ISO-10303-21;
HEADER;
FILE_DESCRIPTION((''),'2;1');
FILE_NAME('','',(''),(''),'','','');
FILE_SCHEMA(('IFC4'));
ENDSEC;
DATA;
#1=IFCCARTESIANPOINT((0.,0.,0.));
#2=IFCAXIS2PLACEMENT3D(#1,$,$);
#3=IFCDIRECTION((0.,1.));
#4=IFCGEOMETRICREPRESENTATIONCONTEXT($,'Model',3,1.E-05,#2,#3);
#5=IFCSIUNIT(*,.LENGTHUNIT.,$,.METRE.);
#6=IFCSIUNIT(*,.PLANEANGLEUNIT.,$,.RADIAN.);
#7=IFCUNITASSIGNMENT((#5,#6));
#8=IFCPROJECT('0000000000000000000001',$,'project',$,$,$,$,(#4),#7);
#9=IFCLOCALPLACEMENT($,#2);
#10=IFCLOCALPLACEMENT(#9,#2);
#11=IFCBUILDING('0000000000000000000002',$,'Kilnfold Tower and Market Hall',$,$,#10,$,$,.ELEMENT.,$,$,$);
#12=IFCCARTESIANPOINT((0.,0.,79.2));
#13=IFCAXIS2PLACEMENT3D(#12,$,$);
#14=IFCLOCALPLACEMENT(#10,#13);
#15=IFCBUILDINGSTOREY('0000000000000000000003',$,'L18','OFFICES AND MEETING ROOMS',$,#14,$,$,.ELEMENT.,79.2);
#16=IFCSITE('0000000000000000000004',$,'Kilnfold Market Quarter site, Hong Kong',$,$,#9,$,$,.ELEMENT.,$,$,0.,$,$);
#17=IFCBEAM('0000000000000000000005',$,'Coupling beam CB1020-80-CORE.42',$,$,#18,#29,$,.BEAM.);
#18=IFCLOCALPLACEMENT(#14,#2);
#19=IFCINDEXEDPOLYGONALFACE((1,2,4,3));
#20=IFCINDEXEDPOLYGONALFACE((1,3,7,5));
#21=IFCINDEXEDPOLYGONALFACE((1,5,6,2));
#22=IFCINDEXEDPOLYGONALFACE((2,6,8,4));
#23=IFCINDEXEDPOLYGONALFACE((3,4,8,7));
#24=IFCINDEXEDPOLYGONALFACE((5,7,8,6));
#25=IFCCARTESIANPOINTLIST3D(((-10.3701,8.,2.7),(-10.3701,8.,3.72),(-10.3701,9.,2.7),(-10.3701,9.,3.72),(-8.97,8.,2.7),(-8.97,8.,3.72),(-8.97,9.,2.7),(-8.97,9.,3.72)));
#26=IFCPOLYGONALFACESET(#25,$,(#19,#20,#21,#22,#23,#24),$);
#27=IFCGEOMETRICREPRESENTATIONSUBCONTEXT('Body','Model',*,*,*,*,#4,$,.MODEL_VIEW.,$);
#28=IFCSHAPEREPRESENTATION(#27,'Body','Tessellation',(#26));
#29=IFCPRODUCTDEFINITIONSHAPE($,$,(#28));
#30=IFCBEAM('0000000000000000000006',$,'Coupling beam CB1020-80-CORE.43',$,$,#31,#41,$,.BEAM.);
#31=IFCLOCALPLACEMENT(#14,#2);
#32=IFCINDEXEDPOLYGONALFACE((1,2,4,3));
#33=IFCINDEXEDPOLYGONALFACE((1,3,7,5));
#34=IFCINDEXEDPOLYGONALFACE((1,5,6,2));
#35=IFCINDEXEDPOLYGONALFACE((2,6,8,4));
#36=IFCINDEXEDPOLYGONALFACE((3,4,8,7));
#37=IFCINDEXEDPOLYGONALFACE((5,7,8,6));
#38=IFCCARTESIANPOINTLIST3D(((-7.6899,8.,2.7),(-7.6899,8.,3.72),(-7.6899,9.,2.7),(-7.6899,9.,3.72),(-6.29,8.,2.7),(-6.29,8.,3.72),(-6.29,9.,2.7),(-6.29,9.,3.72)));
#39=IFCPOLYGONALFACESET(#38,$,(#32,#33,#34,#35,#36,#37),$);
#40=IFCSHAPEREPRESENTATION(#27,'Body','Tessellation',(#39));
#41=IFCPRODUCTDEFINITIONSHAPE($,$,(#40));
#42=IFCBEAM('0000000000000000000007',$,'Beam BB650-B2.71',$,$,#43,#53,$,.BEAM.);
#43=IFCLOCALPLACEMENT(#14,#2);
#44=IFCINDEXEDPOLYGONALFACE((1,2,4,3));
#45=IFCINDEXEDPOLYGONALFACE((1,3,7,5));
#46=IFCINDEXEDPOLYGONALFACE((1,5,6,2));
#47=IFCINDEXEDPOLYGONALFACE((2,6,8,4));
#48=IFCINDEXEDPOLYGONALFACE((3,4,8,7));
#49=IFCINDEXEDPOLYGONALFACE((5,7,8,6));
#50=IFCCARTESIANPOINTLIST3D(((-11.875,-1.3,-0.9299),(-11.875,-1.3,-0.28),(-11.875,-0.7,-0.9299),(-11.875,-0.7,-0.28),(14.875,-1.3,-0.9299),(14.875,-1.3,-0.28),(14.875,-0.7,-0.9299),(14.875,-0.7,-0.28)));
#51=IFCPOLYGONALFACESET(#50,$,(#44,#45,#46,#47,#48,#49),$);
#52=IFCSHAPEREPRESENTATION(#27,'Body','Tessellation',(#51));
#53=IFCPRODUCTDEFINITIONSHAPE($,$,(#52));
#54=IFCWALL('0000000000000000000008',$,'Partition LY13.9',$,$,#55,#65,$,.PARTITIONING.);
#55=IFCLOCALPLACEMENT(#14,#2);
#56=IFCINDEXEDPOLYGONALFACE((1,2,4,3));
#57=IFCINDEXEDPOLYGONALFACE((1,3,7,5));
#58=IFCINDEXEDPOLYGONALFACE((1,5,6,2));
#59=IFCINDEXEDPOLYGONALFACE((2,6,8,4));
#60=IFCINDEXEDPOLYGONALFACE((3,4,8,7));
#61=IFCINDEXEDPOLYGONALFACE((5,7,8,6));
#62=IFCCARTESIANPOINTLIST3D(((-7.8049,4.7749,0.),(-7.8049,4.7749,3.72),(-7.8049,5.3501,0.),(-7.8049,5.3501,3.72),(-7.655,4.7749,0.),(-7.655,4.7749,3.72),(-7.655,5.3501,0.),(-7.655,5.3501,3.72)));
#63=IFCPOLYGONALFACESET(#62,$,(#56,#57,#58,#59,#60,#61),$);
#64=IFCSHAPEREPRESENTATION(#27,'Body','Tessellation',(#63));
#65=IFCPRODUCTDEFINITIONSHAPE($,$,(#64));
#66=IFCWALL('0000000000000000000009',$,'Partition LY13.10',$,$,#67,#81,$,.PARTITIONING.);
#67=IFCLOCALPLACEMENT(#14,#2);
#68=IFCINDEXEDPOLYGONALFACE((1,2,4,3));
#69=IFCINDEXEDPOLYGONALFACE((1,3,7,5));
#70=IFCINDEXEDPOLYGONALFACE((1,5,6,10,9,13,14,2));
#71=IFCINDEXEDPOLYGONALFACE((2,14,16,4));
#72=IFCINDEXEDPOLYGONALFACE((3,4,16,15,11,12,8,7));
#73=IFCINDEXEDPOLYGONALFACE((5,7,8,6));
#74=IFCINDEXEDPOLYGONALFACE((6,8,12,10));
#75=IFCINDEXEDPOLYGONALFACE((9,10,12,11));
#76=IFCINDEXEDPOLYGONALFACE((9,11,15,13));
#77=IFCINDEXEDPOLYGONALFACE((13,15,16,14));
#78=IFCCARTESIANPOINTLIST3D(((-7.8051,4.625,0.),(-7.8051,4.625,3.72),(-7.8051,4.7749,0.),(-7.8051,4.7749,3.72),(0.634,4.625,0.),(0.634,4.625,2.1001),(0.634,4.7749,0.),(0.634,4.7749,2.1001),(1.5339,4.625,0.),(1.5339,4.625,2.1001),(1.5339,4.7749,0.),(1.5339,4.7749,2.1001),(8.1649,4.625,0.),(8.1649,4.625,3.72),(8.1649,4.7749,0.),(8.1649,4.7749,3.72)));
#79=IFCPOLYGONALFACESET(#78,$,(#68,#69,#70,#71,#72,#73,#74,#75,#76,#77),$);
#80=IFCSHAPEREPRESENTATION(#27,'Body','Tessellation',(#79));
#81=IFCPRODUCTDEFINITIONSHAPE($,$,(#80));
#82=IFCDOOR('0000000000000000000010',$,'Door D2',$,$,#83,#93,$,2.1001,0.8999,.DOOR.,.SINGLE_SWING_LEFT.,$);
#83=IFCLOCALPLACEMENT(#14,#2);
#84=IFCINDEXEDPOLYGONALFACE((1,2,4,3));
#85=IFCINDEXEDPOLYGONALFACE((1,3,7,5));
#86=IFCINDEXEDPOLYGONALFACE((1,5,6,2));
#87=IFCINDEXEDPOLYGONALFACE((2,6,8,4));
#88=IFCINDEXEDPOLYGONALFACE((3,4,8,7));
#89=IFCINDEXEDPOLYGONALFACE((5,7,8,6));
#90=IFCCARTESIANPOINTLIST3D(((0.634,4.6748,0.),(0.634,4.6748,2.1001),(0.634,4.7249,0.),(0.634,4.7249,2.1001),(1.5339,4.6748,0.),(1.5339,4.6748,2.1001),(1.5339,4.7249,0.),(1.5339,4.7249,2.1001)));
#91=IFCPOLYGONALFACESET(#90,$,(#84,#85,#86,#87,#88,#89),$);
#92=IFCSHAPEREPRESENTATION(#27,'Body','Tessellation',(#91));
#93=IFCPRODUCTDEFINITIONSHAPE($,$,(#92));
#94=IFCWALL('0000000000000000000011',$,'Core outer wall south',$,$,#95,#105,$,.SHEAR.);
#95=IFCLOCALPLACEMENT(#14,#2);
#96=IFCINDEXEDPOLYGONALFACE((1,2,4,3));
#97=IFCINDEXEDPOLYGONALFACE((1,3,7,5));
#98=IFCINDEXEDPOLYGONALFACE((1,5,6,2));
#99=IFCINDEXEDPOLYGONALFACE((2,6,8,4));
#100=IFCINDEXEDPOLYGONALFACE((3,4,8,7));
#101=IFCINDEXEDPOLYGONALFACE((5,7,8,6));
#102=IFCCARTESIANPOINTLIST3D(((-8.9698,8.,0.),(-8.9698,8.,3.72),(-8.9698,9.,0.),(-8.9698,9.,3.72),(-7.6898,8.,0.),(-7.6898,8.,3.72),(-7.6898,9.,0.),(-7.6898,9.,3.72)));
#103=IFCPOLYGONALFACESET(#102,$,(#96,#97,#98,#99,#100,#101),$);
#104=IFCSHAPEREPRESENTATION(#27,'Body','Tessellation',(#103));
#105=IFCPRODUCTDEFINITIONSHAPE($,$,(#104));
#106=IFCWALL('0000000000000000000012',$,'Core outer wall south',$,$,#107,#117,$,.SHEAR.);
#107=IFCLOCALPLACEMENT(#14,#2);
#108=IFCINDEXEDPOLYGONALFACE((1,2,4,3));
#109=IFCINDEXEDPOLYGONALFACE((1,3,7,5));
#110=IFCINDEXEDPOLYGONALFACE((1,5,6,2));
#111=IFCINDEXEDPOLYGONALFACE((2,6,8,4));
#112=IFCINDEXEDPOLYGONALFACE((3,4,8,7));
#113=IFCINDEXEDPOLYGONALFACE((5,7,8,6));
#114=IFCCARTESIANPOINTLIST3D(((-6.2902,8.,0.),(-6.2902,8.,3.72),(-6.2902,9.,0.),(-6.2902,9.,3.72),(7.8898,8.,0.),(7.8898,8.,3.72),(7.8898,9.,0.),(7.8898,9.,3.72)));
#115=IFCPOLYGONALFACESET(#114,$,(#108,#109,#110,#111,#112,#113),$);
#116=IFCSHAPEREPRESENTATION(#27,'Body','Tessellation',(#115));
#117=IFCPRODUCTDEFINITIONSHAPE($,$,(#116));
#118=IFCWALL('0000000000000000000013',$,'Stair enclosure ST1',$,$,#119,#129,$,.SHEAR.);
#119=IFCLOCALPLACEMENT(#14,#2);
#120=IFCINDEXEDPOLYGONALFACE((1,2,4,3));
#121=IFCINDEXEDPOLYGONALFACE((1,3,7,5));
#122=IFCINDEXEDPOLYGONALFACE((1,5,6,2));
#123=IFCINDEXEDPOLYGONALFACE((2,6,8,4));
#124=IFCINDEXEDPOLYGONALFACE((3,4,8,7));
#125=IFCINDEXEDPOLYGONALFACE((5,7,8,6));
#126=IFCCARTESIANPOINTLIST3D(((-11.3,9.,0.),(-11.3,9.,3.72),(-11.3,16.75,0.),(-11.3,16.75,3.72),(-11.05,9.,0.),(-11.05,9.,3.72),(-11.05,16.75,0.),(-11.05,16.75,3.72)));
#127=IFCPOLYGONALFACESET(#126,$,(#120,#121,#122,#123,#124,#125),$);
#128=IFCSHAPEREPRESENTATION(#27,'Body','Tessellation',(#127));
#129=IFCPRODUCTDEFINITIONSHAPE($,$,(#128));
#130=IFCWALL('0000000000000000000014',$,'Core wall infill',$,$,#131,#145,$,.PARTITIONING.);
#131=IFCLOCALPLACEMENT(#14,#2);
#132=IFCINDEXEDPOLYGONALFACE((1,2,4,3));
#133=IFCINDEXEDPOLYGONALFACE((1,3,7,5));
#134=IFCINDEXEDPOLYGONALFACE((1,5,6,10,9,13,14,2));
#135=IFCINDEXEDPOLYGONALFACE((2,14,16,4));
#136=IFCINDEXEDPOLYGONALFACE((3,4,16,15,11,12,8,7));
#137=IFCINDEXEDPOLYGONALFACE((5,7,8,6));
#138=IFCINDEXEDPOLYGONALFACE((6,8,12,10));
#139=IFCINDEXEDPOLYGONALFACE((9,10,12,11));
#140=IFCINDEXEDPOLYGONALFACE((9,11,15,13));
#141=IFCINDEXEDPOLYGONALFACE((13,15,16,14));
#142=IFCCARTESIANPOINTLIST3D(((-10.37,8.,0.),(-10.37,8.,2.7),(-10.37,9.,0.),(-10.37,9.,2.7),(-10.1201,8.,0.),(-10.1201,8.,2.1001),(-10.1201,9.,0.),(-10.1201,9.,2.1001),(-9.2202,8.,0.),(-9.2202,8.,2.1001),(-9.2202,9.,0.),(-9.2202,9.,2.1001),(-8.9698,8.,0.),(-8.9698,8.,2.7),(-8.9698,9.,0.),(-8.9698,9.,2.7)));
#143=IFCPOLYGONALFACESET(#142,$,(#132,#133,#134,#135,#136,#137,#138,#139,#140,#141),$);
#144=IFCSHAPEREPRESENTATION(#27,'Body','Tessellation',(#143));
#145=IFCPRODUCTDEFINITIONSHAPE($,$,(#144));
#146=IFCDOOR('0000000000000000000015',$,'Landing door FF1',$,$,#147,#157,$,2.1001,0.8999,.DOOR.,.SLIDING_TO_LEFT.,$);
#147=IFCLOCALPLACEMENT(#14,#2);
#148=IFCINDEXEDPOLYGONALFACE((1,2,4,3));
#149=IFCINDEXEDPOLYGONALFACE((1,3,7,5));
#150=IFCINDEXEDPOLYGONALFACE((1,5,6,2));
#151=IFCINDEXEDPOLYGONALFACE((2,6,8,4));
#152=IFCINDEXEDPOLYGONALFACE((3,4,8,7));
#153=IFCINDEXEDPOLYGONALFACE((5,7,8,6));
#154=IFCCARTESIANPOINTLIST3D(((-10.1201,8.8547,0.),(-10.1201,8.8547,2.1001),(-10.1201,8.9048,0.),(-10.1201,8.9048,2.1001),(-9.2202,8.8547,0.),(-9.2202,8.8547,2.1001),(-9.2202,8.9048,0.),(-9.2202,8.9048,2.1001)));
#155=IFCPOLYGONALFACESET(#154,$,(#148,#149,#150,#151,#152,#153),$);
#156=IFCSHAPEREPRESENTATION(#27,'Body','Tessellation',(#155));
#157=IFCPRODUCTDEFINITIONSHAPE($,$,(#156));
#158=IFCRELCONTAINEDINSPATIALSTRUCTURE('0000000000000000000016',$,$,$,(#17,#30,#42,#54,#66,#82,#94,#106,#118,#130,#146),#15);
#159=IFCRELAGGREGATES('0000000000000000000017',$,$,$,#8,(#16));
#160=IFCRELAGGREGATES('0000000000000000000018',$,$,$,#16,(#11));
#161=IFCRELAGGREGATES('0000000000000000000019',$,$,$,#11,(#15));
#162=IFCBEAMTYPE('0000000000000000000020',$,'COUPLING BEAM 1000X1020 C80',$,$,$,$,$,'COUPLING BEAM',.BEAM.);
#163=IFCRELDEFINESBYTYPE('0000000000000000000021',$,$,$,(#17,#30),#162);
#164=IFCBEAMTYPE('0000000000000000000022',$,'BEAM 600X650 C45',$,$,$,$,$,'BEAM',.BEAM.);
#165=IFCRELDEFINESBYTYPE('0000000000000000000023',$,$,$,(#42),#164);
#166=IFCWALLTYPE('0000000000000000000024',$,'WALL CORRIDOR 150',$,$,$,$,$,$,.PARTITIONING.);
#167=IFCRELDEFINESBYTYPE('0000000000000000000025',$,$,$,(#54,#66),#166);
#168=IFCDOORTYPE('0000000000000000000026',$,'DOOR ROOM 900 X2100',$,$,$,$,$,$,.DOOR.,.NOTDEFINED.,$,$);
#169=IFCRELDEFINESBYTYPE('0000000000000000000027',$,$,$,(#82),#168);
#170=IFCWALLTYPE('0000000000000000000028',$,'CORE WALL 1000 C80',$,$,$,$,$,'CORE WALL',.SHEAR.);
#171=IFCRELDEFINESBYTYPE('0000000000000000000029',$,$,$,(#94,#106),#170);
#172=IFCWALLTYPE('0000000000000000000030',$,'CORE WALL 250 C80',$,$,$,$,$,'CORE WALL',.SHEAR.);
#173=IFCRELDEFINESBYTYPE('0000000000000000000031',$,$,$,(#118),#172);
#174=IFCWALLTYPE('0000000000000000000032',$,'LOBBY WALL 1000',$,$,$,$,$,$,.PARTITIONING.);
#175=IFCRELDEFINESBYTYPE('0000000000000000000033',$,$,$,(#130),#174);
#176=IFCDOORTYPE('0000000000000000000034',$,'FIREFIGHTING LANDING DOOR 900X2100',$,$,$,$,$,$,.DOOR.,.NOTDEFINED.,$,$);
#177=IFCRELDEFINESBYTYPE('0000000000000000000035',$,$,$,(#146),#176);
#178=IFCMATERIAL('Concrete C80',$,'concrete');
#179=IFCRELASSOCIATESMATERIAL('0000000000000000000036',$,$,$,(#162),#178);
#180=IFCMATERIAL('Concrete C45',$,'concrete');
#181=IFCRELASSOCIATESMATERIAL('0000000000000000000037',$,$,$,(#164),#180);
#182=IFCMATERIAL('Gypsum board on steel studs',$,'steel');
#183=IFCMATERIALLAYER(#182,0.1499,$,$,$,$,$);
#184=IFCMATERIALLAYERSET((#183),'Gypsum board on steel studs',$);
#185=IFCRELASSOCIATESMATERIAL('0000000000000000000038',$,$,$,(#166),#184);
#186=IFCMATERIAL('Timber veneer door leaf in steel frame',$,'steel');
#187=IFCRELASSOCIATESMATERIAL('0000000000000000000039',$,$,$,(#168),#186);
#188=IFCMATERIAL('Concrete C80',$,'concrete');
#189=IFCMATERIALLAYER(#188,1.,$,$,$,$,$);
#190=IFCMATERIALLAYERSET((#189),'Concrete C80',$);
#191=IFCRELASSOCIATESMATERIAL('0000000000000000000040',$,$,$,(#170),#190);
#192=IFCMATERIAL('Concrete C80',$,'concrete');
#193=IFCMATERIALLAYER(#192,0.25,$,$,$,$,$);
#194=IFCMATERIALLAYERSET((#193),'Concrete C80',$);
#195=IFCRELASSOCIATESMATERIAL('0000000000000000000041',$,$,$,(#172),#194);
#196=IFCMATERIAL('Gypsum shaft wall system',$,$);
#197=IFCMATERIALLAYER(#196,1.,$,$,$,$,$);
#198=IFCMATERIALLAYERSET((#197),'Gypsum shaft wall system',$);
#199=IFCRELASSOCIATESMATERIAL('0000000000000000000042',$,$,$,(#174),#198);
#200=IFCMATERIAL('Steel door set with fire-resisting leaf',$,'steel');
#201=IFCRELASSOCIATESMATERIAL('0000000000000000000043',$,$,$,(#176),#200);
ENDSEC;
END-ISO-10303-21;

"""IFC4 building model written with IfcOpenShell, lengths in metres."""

from ifc_helpers import new_model, si_unit, direction, frame, frame_2d, origin, origin_2d, place, context, subcontext, project, spatial, rectangle, extrude, source, transform, mapped, material, layer, layer_set, material_profile, profile_set, type_object, element, fill, save


model = new_model("IFC4")

# Units and contexts
model_context = context("Model", 3, precision=1e-05, world=origin(), true_north=direction((0.0, 1.0)))
body_context = subcontext(model_context, "Body", "Model", "MODEL_VIEW")
ifc_project = project(units=[si_unit("LENGTHUNIT", "METRE"), si_unit("PLANEANGLEUNIT", "RADIAN")], contexts=[model_context])

# Site, building, storey
site_placement = place(None, origin())
site = spatial("IfcSite", under=ifc_project, at=site_placement, Name="Kilnfold Market Quarter site, Hong Kong", CompositionType="ELEMENT", RefElevation=0.0)
building_placement = place(site_placement, origin())
building = spatial("IfcBuilding", under=site, at=building_placement, Name="Kilnfold Tower and Market Hall", CompositionType="ELEMENT")
storey_placement = place(building_placement, frame((0.0, 0.0, 79.2)))
storey = spatial("IfcBuildingStorey", under=building, at=storey_placement, Name="L18", Description="OFFICES AND MEETING ROOMS", CompositionType="ELEMENT", Elevation=79.2)

# Beams
ifc_material_1 = material(Name="Concrete C80", Category="concrete")
ifc_material_profile_1 = material_profile(ifc_material_1, rectangle(XDim=1.0, YDim=1.02, at=origin_2d()), Name="RC 1000x1020")
ifc_profile_set_1 = profile_set([ifc_material_profile_1], Name="Concrete C80")
beam_type_1 = type_object("IfcBeamType", Name="COUPLING BEAM 1000X1020 C80", ElementType="COUPLING BEAM", PredefinedType="BEAM", material=ifc_profile_set_1)
shared_shape_1 = source(origin(), body_context, "Body", "SweptSolid", [
    extrude(rectangle(XDim=1.0, YDim=1.02, at=origin_2d()), origin(), (0.0, 0.0, 1.0), 1.4001),
])
beam_1_placement = place(storey_placement, frame((-10.3701, 8.5, 3.21), z_axis=(1.0, 0.0, 0.0), x_axis=(0.0, 1.0, 0.0)))
element("IfcBeam", 1, at=beam_1_placement, inside=storey, type_object=beam_type_1, Name="Coupling beam CB1020-80-CORE.42", PredefinedType="BEAM", context=body_context, shape_type="MappedRepresentation", body=[
    mapped(shared_shape_1, transform((0.0, 0.0, 0.0))),
])
shared_shape_2 = source(origin(), body_context, "Body", "SweptSolid", [
    extrude(rectangle(XDim=1.0, YDim=1.02, at=origin_2d()), origin(), (0.0, 0.0, 1.0), 1.3999),
])
beam_2_placement = place(storey_placement, frame((-7.6899, 8.5, 3.21), z_axis=(1.0, 0.0, 0.0), x_axis=(0.0, 1.0, 0.0)))
element("IfcBeam", 2, at=beam_2_placement, inside=storey, type_object=beam_type_1, Name="Coupling beam CB1020-80-CORE.43", PredefinedType="BEAM", context=body_context, shape_type="MappedRepresentation", body=[
    mapped(shared_shape_2, transform((0.0, 0.0, 0.0))),
])
ifc_material_2 = material(Name="Concrete C45", Category="concrete")
ifc_material_profile_2 = material_profile(ifc_material_2, rectangle(XDim=0.6001, YDim=0.6499, at=origin_2d()), Name="RC 600x650")
ifc_profile_set_2 = profile_set([ifc_material_profile_2], Name="Concrete C45")
beam_type_2 = type_object("IfcBeamType", Name="BEAM 600X650 C45", ElementType="BEAM", PredefinedType="BEAM", material=ifc_profile_set_2)
shared_shape_3 = source(origin(), body_context, "Body", "SweptSolid", [
    extrude(rectangle(XDim=0.6001, YDim=0.6499, at=origin_2d()), origin(), (0.0, 0.0, 1.0), 26.75),
])
beam_3_placement = place(storey_placement, frame((-11.875, -1.0, -0.605), z_axis=(1.0, 0.0, 0.0), x_axis=(0.0, 1.0, 0.0)))
element("IfcBeam", 3, at=beam_3_placement, inside=storey, type_object=beam_type_2, Name="Beam BB650-B2.71", PredefinedType="BEAM", context=body_context, shape_type="MappedRepresentation", body=[
    mapped(shared_shape_3, transform((0.0, 0.0, 0.0))),
])

# Wall
ifc_material_3 = material(Name="Gypsum board on steel studs", Category="steel")
ifc_layer_1 = layer(ifc_material_3, 0.1499)
ifc_layer_set_1 = layer_set([ifc_layer_1], Name="Gypsum board on steel studs")
wall_type_1 = type_object("IfcWallType", Name="WALL CORRIDOR 150", PredefinedType="PARTITIONING", material=ifc_layer_set_1)
wall_1_placement = place(storey_placement, frame((-7.73, 4.7749, 0.0), z_axis=(0.0, 0.0, 1.0), x_axis=(0.0, 1.0, 0.0)))
element("IfcWall", 4, at=wall_1_placement, inside=storey, type_object=wall_type_1, Name="Partition LY13.9", PredefinedType="PARTITIONING", context=body_context, shape_type="SweptSolid", body=[
    extrude(rectangle(XDim=0.5752, YDim=0.1499, at=frame_2d((0.2876, 0.0))), origin(), (0.0, 0.0, 1.0), 3.72),
])

# Wall, opening, door
wall_2_placement = place(storey_placement, frame((-7.8049, 4.7, 0.0), z_axis=(0.0, 0.0, 1.0), x_axis=(1.0, 0.0, 0.0)))
wall_2 = element("IfcWall", 5, at=wall_2_placement, inside=storey, type_object=wall_type_1, Name="Partition LY13.10", PredefinedType="PARTITIONING", context=body_context, shape_type="SweptSolid", body=[
    extrude(rectangle(XDim=15.97, YDim=0.1499, at=frame_2d((7.9849, 0.0))), origin(), (0.0, 0.0, 1.0), 3.72),
])
opening_1_placement = place(wall_2_placement, frame((8.439, 0.0, 0.0)))
opening_1 = element("IfcOpeningElement", 6, at=opening_1_placement, cuts=wall_2, PredefinedType="OPENING", context=body_context, shape_type="SweptSolid", body=[
    extrude(rectangle(XDim=0.8999, YDim=2.1001, at=frame_2d((0.45, 1.05))), frame((0.0, 0.085, 0.0), z_axis=(0.0, -1.0, 0.0), x_axis=(1.0, 0.0, 0.0)), (0.0, 0.0, 1.0), 0.1699),
])
ifc_material_4 = material(Name="Timber veneer door leaf in steel frame", Category="steel")
door_type_1 = type_object("IfcDoorType", Name="DOOR ROOM 900 X2100", OperationType="NOTDEFINED", PredefinedType="DOOR", material=ifc_material_4)
door_1_placement = place(opening_1_placement, origin())
door_1 = element("IfcDoor", 7, at=door_1_placement, inside=storey, type_object=door_type_1, Name="Door D2", OperationType="SINGLE_SWING_LEFT", OverallHeight=2.1001, OverallWidth=0.8999, PredefinedType="DOOR", context=body_context, shape_type="SweptSolid", body=[
    extrude(rectangle(XDim=0.8999, YDim=2.1001, at=frame_2d((0.45, 1.05))), frame((0.0, 0.0249, 0.0), z_axis=(0.0, -1.0, 0.0), x_axis=(1.0, 0.0, 0.0)), (0.0, 0.0, 1.0), 0.05),
])
fill(opening_1, door_1)

# Walls
ifc_material_5 = material(Name="Concrete C80", Category="concrete")
ifc_layer_2 = layer(ifc_material_5, 1.0)
ifc_layer_set_2 = layer_set([ifc_layer_2], Name="Concrete C80")
wall_type_2 = type_object("IfcWallType", Name="CORE WALL 1000 C80", ElementType="CORE WALL", PredefinedType="SHEAR", material=ifc_layer_set_2)
shared_shape_4 = source(origin(), body_context, "Body", "SweptSolid", [
    extrude(rectangle(XDim=1.28, YDim=1.0, at=frame_2d((0.6401, 0.0))), origin(), (0.0, 0.0, 1.0), 3.72),
])
wall_3_placement = place(storey_placement, frame((-8.97, 8.5, 0.0), z_axis=(0.0, 0.0, 1.0), x_axis=(1.0, 0.0, 0.0)))
element("IfcWall", 8, at=wall_3_placement, inside=storey, type_object=wall_type_2, Name="Core outer wall south", PredefinedType="SHEAR", context=body_context, shape_type="MappedRepresentation", body=[
    mapped(shared_shape_4, transform((0.0, 0.0, 0.0))),
])
shared_shape_5 = source(origin(), body_context, "Body", "SweptSolid", [
    extrude(rectangle(XDim=14.1799, YDim=1.0, at=frame_2d((7.0898, 0.0))), origin(), (0.0, 0.0, 1.0), 3.72),
])
wall_4_placement = place(storey_placement, frame((-6.29, 8.5, 0.0), z_axis=(0.0, 0.0, 1.0), x_axis=(1.0, 0.0, 0.0)))
element("IfcWall", 9, at=wall_4_placement, inside=storey, type_object=wall_type_2, Name="Core outer wall south", PredefinedType="SHEAR", context=body_context, shape_type="MappedRepresentation", body=[
    mapped(shared_shape_5, transform((0.0, 0.0, 0.0))),
])
ifc_material_6 = material(Name="Concrete C80", Category="concrete")
ifc_layer_3 = layer(ifc_material_6, 0.25)
ifc_layer_set_3 = layer_set([ifc_layer_3], Name="Concrete C80")
wall_type_3 = type_object("IfcWallType", Name="CORE WALL 250 C80", ElementType="CORE WALL", PredefinedType="SHEAR", material=ifc_layer_set_3)
shared_shape_6 = source(origin(), body_context, "Body", "SweptSolid", [
    extrude(rectangle(XDim=7.75, YDim=0.25, at=frame_2d((3.875, 0.0))), origin(), (0.0, 0.0, 1.0), 3.72),
])
wall_5_placement = place(storey_placement, frame((-11.175, 9.0, 0.0), z_axis=(0.0, 0.0, 1.0), x_axis=(0.0, 1.0, 0.0)))
element("IfcWall", 10, at=wall_5_placement, inside=storey, type_object=wall_type_3, Name="Stair enclosure ST1", PredefinedType="SHEAR", context=body_context, shape_type="MappedRepresentation", body=[
    mapped(shared_shape_6, transform((0.0, 0.0, 0.0))),
])

# Wall, opening, door
ifc_material_7 = material(Name="Gypsum shaft wall system")
ifc_layer_4 = layer(ifc_material_7, 1.0)
ifc_layer_set_4 = layer_set([ifc_layer_4], Name="Gypsum shaft wall system")
wall_type_4 = type_object("IfcWallType", Name="LOBBY WALL 1000", PredefinedType="PARTITIONING", material=ifc_layer_set_4)
shared_shape_7 = source(origin(), body_context, "Body", "SweptSolid", [
    extrude(rectangle(XDim=1.4001, YDim=1.0, at=frame_2d((0.7002, 0.0))), origin(), (0.0, 0.0, 1.0), 2.7),
])
wall_6_placement = place(storey_placement, frame((-10.3701, 8.5, 0.0), z_axis=(0.0, 0.0, 1.0), x_axis=(1.0, 0.0, 0.0)))
wall_6 = element("IfcWall", 11, at=wall_6_placement, inside=storey, type_object=wall_type_4, Name="Core wall infill", PredefinedType="PARTITIONING", context=body_context, shape_type="MappedRepresentation", body=[
    mapped(shared_shape_7, transform((0.0, 0.0, 0.0))),
])
opening_2_placement = place(wall_6_placement, frame((0.25, 0.0, 0.0)))
opening_2 = element("IfcOpeningElement", 12, at=opening_2_placement, cuts=wall_6, PredefinedType="OPENING", context=body_context, shape_type="SweptSolid", body=[
    extrude(rectangle(XDim=0.8999, YDim=2.1001, at=frame_2d((0.45, 1.05))), frame((0.0, 0.51, 0.0), z_axis=(0.0, -1.0, 0.0), x_axis=(1.0, 0.0, 0.0)), (0.0, 0.0, 1.0), 1.02),
])
ifc_material_8 = material(Name="Steel door set with fire-resisting leaf", Category="steel")
door_type_2 = type_object("IfcDoorType", Name="FIREFIGHTING LANDING DOOR 900X2100", OperationType="NOTDEFINED", PredefinedType="DOOR", material=ifc_material_8)
door_2_placement = place(opening_2_placement, origin())
door_2 = element("IfcDoor", 13, at=door_2_placement, inside=storey, type_object=door_type_2, Name="Landing door FF1", OperationType="SLIDING_TO_LEFT", OverallHeight=2.1001, OverallWidth=0.8999, PredefinedType="DOOR", context=body_context, shape_type="SweptSolid", body=[
    extrude(rectangle(XDim=0.8999, YDim=2.1001, at=frame_2d((0.45, 1.05))), frame((0.0, 0.4048, 0.0), z_axis=(0.0, -1.0, 0.0), x_axis=(1.0, 0.0, 0.0)), (0.0, 0.0, 1.0), 0.05),
])
fill(opening_2, door_2)

save(model, "model.ifc")
